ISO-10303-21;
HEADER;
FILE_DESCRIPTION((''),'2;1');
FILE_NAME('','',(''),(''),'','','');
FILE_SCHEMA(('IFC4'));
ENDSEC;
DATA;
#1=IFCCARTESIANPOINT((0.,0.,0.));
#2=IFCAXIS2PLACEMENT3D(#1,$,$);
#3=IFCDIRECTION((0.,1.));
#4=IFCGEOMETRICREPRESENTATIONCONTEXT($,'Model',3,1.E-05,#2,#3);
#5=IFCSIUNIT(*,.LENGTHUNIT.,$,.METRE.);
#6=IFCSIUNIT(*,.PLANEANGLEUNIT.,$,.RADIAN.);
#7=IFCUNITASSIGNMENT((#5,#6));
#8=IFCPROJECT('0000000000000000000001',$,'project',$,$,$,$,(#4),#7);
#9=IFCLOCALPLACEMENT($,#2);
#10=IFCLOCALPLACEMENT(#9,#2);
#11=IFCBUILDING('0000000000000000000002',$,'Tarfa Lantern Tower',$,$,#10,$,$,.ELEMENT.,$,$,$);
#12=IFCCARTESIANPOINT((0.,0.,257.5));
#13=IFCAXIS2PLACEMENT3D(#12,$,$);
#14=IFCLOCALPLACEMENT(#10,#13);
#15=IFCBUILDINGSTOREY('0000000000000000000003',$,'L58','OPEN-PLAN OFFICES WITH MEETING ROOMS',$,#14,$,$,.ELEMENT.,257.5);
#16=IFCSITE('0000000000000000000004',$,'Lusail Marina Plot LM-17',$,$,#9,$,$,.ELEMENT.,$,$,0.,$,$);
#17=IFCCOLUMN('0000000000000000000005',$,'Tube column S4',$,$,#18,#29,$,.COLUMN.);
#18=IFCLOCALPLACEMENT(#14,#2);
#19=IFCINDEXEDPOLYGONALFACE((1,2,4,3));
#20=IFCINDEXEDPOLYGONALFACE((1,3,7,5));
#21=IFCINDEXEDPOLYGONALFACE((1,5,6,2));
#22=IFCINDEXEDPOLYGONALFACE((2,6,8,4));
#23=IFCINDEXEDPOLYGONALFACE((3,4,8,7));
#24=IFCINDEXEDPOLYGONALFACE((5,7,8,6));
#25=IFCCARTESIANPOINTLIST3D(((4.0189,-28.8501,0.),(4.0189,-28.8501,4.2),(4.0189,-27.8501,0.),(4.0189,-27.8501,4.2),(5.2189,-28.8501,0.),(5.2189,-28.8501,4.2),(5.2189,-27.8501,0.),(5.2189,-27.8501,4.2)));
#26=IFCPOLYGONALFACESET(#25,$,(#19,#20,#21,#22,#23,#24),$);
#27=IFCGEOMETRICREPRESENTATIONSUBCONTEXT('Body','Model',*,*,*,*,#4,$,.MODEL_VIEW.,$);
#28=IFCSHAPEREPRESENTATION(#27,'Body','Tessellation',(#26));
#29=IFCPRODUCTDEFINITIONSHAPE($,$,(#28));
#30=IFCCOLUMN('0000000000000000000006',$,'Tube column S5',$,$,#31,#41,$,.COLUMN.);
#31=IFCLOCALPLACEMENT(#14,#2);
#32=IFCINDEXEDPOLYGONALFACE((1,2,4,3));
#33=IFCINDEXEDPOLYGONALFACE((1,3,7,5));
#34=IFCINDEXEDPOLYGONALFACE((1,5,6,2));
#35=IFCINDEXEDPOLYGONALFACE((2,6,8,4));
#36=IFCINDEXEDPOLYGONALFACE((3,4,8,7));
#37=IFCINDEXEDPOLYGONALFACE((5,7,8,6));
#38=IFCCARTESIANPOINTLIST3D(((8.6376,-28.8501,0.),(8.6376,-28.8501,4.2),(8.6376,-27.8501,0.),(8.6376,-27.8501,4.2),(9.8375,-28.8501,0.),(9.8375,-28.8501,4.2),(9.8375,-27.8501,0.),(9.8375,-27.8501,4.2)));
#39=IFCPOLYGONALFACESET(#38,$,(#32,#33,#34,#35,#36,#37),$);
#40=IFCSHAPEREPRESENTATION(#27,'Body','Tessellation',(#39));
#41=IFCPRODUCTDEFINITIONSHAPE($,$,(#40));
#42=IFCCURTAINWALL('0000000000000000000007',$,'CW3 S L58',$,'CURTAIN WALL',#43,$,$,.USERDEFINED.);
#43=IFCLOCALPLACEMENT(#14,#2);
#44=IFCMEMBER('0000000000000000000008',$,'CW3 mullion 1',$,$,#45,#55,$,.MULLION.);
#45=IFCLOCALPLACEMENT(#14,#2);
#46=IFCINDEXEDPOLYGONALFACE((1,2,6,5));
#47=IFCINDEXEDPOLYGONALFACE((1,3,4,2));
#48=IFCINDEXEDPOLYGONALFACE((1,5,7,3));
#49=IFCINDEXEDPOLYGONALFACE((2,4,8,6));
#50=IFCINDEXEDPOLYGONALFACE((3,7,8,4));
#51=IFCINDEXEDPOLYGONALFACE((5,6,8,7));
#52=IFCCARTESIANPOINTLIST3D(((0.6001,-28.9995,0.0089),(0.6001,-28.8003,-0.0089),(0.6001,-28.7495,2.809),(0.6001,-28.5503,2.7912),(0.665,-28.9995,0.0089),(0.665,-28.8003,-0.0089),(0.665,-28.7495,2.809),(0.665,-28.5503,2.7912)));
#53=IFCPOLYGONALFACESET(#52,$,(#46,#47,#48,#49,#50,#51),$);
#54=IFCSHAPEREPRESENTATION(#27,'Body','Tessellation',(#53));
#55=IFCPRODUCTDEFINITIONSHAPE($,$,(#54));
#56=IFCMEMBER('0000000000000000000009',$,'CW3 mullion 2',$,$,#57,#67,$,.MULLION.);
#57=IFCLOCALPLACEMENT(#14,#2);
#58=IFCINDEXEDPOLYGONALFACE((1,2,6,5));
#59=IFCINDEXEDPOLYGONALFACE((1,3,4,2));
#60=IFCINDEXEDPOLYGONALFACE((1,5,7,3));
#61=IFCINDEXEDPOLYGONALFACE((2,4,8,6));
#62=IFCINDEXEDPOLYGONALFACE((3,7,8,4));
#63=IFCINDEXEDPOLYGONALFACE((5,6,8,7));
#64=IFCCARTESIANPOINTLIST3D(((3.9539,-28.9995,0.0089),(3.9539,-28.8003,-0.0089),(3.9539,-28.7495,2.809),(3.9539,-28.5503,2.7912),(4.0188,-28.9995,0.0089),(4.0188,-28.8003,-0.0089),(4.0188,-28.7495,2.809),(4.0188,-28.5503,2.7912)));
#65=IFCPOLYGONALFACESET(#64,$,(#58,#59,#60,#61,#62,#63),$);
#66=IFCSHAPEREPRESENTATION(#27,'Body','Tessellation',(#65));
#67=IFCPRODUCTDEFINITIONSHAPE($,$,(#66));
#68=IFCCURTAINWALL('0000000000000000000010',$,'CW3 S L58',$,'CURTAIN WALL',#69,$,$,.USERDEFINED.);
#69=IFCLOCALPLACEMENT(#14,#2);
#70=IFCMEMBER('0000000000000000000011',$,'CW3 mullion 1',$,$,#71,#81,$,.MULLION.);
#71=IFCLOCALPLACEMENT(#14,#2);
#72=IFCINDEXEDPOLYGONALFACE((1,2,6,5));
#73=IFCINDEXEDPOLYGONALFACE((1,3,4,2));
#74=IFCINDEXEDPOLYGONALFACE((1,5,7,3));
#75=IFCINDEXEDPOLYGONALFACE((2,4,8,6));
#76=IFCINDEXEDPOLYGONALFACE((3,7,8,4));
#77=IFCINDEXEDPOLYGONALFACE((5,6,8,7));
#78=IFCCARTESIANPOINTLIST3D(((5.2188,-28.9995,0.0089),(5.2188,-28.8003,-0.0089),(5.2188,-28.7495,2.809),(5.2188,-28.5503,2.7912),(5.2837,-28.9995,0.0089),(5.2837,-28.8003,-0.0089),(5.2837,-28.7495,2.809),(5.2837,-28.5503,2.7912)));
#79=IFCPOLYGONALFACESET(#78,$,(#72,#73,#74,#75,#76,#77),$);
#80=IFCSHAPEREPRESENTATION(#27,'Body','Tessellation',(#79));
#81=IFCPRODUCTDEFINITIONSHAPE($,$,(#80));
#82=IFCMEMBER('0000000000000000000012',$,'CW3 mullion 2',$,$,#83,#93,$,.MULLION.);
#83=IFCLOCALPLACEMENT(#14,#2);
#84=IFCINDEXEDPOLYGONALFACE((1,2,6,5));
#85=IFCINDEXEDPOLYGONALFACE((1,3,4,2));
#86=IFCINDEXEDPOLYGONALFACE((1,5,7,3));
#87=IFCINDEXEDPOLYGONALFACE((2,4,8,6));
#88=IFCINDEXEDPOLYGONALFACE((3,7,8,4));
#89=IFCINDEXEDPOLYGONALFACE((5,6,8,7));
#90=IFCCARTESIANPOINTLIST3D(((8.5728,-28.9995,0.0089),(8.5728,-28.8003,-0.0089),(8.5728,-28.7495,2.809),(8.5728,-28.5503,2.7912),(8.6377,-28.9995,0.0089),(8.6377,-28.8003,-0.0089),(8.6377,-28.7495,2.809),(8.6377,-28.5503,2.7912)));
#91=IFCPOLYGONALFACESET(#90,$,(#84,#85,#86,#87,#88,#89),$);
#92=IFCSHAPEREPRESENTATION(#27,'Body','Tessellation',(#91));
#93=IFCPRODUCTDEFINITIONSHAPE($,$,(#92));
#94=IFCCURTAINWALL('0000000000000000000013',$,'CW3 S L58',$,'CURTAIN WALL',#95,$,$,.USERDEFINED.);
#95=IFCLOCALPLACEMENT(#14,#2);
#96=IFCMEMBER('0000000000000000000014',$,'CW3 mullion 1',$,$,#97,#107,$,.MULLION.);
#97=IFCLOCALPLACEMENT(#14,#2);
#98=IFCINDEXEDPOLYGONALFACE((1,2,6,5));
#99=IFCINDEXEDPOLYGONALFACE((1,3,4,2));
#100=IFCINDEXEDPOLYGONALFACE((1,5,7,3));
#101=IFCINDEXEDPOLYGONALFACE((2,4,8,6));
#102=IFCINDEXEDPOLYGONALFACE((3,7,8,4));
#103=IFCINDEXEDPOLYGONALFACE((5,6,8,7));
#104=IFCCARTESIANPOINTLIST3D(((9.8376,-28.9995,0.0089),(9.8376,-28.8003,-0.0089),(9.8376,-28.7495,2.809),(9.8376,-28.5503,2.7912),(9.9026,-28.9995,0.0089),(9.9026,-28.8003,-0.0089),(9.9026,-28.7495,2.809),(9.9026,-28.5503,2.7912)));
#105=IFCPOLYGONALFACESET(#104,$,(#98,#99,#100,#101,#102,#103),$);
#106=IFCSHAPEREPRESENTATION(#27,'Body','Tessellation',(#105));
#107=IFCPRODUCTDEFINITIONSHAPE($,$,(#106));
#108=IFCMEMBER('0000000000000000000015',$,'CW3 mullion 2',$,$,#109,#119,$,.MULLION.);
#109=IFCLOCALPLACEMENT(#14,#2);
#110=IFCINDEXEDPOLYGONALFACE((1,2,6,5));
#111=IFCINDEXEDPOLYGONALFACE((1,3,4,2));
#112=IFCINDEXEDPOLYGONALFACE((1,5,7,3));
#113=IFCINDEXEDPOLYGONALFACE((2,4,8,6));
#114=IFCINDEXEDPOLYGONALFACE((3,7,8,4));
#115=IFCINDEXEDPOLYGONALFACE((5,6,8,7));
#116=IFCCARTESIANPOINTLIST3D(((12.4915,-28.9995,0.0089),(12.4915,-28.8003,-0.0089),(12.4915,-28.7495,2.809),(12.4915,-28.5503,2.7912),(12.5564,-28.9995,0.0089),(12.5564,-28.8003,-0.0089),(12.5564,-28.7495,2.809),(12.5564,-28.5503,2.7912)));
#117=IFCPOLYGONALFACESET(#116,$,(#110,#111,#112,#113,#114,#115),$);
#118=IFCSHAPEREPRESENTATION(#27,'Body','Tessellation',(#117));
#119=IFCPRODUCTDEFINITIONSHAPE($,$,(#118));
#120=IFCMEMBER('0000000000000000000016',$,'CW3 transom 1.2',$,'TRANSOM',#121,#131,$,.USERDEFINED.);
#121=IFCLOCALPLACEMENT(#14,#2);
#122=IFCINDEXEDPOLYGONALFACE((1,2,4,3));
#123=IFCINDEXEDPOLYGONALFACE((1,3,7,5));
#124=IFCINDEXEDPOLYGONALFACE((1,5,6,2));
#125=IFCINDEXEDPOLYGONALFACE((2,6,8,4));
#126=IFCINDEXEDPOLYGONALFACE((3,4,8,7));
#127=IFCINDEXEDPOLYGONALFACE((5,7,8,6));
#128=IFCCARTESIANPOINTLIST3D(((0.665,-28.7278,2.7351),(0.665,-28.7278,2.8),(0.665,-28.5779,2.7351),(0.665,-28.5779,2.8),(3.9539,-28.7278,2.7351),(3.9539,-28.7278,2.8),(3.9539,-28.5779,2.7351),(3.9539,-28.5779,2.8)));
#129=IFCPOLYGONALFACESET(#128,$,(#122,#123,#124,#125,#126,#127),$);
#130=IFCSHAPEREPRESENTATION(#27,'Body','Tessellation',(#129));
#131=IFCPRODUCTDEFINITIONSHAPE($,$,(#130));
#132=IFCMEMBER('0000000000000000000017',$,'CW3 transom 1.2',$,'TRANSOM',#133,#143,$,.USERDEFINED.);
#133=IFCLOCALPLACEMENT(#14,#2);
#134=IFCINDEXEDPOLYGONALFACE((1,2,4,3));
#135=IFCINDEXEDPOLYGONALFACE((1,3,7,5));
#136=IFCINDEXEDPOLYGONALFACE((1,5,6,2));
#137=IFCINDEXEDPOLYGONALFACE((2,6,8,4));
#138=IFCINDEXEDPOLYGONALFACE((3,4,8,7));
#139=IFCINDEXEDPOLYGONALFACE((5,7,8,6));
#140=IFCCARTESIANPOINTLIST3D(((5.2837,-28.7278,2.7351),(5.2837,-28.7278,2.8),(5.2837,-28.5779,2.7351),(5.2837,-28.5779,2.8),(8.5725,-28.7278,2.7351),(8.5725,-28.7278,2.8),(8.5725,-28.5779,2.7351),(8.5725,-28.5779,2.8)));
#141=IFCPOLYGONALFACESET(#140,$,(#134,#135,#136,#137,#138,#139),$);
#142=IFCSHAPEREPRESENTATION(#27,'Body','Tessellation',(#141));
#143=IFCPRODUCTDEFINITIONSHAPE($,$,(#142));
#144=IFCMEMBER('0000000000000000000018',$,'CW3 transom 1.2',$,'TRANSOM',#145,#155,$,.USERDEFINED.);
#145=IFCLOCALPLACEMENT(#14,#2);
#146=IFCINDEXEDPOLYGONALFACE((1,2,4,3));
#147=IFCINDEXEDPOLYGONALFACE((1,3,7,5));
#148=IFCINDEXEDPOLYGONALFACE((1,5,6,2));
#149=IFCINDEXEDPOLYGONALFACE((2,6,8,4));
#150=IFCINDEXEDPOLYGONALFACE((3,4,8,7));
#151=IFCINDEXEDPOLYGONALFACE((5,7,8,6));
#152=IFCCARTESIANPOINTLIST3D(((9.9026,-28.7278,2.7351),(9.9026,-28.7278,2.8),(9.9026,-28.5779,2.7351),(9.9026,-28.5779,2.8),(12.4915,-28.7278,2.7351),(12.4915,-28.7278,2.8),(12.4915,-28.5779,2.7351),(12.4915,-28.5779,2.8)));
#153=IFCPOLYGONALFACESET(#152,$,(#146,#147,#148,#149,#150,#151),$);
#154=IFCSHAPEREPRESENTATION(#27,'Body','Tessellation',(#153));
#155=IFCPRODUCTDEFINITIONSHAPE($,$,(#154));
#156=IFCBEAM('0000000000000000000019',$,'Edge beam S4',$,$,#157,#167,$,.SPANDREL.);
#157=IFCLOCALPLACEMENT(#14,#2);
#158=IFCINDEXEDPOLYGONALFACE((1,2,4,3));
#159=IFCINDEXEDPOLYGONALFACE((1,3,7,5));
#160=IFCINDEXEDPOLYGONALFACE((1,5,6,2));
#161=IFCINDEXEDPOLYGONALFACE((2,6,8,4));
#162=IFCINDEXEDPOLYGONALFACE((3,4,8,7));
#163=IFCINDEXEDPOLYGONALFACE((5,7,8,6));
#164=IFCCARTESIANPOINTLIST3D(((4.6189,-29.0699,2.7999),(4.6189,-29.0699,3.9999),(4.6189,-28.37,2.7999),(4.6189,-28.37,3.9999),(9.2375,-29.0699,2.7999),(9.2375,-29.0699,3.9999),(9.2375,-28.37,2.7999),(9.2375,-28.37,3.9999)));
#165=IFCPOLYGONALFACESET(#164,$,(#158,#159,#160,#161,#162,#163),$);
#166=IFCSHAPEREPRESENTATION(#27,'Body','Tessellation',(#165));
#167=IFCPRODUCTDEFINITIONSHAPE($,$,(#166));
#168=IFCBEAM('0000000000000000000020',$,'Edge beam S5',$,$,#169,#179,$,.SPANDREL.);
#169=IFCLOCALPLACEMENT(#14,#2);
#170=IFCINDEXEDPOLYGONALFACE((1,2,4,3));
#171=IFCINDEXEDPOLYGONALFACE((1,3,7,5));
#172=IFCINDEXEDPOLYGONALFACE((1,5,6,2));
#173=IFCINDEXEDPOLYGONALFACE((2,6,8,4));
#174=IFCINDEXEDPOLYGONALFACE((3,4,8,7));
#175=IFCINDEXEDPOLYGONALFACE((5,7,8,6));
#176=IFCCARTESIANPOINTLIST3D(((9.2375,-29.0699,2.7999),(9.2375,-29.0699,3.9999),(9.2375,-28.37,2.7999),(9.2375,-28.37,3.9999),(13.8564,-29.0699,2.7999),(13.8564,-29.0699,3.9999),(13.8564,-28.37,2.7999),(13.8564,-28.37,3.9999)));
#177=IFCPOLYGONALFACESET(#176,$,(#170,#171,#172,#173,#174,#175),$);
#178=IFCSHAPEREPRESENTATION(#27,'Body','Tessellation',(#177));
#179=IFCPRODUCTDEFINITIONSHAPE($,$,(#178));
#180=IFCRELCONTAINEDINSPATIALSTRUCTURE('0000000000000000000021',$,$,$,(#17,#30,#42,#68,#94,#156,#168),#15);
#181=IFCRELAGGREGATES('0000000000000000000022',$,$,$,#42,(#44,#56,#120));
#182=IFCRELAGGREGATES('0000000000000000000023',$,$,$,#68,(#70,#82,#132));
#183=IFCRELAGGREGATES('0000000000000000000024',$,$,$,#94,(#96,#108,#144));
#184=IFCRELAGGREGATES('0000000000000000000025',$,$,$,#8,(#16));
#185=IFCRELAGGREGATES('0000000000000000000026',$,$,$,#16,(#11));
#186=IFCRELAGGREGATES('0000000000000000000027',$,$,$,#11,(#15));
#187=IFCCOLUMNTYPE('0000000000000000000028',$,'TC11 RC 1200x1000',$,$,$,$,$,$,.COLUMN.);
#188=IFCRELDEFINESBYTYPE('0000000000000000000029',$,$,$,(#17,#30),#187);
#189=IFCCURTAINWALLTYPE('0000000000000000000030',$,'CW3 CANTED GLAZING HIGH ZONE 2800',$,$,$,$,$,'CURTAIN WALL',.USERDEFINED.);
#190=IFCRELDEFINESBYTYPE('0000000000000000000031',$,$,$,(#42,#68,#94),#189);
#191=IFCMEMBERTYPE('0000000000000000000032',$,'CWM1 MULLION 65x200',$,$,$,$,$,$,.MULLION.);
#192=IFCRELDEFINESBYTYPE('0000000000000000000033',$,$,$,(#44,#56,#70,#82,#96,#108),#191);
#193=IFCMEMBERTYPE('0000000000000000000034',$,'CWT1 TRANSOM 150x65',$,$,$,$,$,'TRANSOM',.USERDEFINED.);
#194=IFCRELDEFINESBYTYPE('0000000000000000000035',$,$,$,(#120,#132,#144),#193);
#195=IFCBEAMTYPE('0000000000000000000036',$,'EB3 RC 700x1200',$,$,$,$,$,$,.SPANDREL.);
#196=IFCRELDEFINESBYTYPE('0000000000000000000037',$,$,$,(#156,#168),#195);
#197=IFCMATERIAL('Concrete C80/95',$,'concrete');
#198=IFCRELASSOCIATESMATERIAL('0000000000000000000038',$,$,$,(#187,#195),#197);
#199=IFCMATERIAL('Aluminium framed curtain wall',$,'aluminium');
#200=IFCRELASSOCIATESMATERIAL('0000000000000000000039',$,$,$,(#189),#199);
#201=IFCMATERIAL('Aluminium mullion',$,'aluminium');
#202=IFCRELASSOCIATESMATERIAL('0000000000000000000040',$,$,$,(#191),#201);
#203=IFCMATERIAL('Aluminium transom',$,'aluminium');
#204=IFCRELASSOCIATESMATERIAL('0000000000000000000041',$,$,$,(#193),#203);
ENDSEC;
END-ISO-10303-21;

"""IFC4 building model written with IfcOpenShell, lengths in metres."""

from ifc_helpers import new_model, si_unit, direction, frame, origin, origin_2d, place, context, subcontext, project, spatial, rectangle, extrude, material, material_profile, profile_set, type_object, element, aggregate, save


model = new_model("IFC4")

# Units and contexts
model_context = context("Model", 3, precision=1e-05, world=origin(), true_north=direction((0.0, 1.0)))
body_context = subcontext(model_context, "Body", "Model", "MODEL_VIEW")
ifc_project = project(units=[si_unit("LENGTHUNIT", "METRE"), si_unit("PLANEANGLEUNIT", "RADIAN")], contexts=[model_context])

# Site, building, storey
site_placement = place(None, origin())
site = spatial("IfcSite", under=ifc_project, at=site_placement, Name="Lusail Marina Plot LM-17", CompositionType="ELEMENT", RefElevation=0.0)
building_placement = place(site_placement, origin())
building = spatial("IfcBuilding", under=site, at=building_placement, Name="Tarfa Lantern Tower", CompositionType="ELEMENT")
storey_placement = place(building_placement, frame((0.0, 0.0, 257.5)))
storey = spatial("IfcBuildingStorey", under=building, at=storey_placement, Name="L58", Description="OPEN-PLAN OFFICES WITH MEETING ROOMS", CompositionType="ELEMENT", Elevation=257.5)

# Columns
ifc_material_1 = material(Name="Concrete C80/95", Category="concrete")
ifc_material_profile_1 = material_profile(ifc_material_1, rectangle(XDim=1.2, YDim=1.0, at=origin_2d()), Name="RC 1200x1000")
ifc_profile_set_1 = profile_set([ifc_material_profile_1], Name="Concrete C80/95")
column_type = type_object("IfcColumnType", Name="TC11 RC 1200x1000", PredefinedType="COLUMN", material=ifc_profile_set_1)
for number, where, z_axis, x_axis, name in (
    (1, (4.6189, -28.3501, 0.0), (0.0, 0.0, 1.0), (1.0, 0.0, 0.0), "Tube column S4"),
    (2, (9.2375, -28.3501, 0.0), (0.0, 0.0, 1.0), (1.0, 0.0, 0.0), "Tube column S5"),
):
    element("IfcColumn", number, at=place(storey_placement, frame(where, z_axis=z_axis, x_axis=x_axis)), inside=storey, type_object=column_type, Name=name, PredefinedType="COLUMN", context=body_context, shape_type="SweptSolid", body=[
        extrude(rectangle(XDim=1.2, YDim=1.0, at=origin_2d()), origin(), (0.0, 0.0, 1.0), 4.2),
    ])

# Curtain walls, members
ifc_material_2 = material(Name="Aluminium framed curtain wall", Category="aluminium")
curtain_wall_type = type_object("IfcCurtainWallType", Name="CW3 CANTED GLAZING HIGH ZONE 2800", ElementType="CURTAIN WALL", PredefinedType="USERDEFINED", material=ifc_material_2)
curtain_wall_1_placement = place(storey_placement, origin())
curtain_wall_1 = element("IfcCurtainWall", 3, at=curtain_wall_1_placement, inside=storey, type_object=curtain_wall_type, Name="CW3 S L58", ObjectType="CURTAIN WALL", PredefinedType="USERDEFINED")
ifc_material_3 = material(Name="Aluminium mullion", Category="aluminium")
ifc_material_profile_2 = material_profile(ifc_material_3, rectangle(XDim=0.0649, YDim=0.2, at=origin_2d()), Name="AL MULLION 65x200")
ifc_profile_set_2 = profile_set([ifc_material_profile_2], Name="Aluminium mullion")
member_type_1 = type_object("IfcMemberType", Name="CWM1 MULLION 65x200", PredefinedType="MULLION", material=ifc_profile_set_2)
member_1_placement = place(storey_placement, frame((0.6326, -28.8999, 0.0), z_axis=(0.0, 0.08893, 0.996038), x_axis=(-1.0, 0.0, 0.0)))
member_1 = element("IfcMember", 4, at=member_1_placement, type_object=member_type_1, Name="CW3 mullion 1", PredefinedType="MULLION", context=body_context, shape_type="SweptSolid", body=[
    extrude(rectangle(XDim=0.0649, YDim=0.2, at=origin_2d()), origin(), (0.0, 0.0, 1.0), 2.8113),
])
member_2_placement = place(storey_placement, frame((3.9863, -28.8999, 0.0), z_axis=(0.0, 0.08893, 0.996038), x_axis=(-1.0, 0.0, 0.0)))
member_2 = element("IfcMember", 5, at=member_2_placement, type_object=member_type_1, Name="CW3 mullion 2", PredefinedType="MULLION", context=body_context, shape_type="SweptSolid", body=[
    extrude(rectangle(XDim=0.0649, YDim=0.2, at=origin_2d()), origin(), (0.0, 0.0, 1.0), 2.8113),
])
curtain_wall_2_placement = place(storey_placement, origin())
curtain_wall_2 = element("IfcCurtainWall", 6, at=curtain_wall_2_placement, inside=storey, type_object=curtain_wall_type, Name="CW3 S L58", ObjectType="CURTAIN WALL", PredefinedType="USERDEFINED")
member_3_placement = place(storey_placement, frame((5.2512, -28.8999, 0.0), z_axis=(0.0, 0.08893, 0.996038), x_axis=(-1.0, 0.0, 0.0)))
member_3 = element("IfcMember", 7, at=member_3_placement, type_object=member_type_1, Name="CW3 mullion 1", PredefinedType="MULLION", context=body_context, shape_type="SweptSolid", body=[
    extrude(rectangle(XDim=0.0649, YDim=0.2, at=origin_2d()), origin(), (0.0, 0.0, 1.0), 2.8113),
])
member_4_placement = place(storey_placement, frame((8.6052, -28.8999, 0.0), z_axis=(0.0, 0.08893, 0.996038), x_axis=(-1.0, 0.0, 0.0)))
member_4 = element("IfcMember", 8, at=member_4_placement, type_object=member_type_1, Name="CW3 mullion 2", PredefinedType="MULLION", context=body_context, shape_type="SweptSolid", body=[
    extrude(rectangle(XDim=0.0649, YDim=0.2, at=origin_2d()), origin(), (0.0, 0.0, 1.0), 2.8113),
])
curtain_wall_3_placement = place(storey_placement, origin())
curtain_wall_3 = element("IfcCurtainWall", 9, at=curtain_wall_3_placement, inside=storey, type_object=curtain_wall_type, Name="CW3 S L58", ObjectType="CURTAIN WALL", PredefinedType="USERDEFINED")
member_5_placement = place(storey_placement, frame((9.8701, -28.8999, 0.0), z_axis=(0.0, 0.08893, 0.996038), x_axis=(-1.0, 0.0, 0.0)))
member_5 = element("IfcMember", 10, at=member_5_placement, type_object=member_type_1, Name="CW3 mullion 1", PredefinedType="MULLION", context=body_context, shape_type="SweptSolid", body=[
    extrude(rectangle(XDim=0.0649, YDim=0.2, at=origin_2d()), origin(), (0.0, 0.0, 1.0), 2.8113),
])
member_6_placement = place(storey_placement, frame((12.5239, -28.8999, 0.0), z_axis=(0.0, 0.08893, 0.996038), x_axis=(-1.0, 0.0, 0.0)))
member_6 = element("IfcMember", 11, at=member_6_placement, type_object=member_type_1, Name="CW3 mullion 2", PredefinedType="MULLION", context=body_context, shape_type="SweptSolid", body=[
    extrude(rectangle(XDim=0.0649, YDim=0.2, at=origin_2d()), origin(), (0.0, 0.0, 1.0), 2.8113),
])

# Members
ifc_material_4 = material(Name="Aluminium transom", Category="aluminium")
ifc_material_profile_3 = material_profile(ifc_material_4, rectangle(XDim=0.1499, YDim=0.0649, at=origin_2d()), Name="AL TRANSOM 150x65")
ifc_profile_set_3 = profile_set([ifc_material_profile_3], Name="Aluminium transom")
member_type_2 = type_object("IfcMemberType", Name="CWT1 TRANSOM 150x65", ElementType="TRANSOM", PredefinedType="USERDEFINED", material=ifc_profile_set_3)
member_7_placement = place(storey_placement, frame((0.665, -28.6528, 2.7676), z_axis=(1.0, 0.0, 0.0), x_axis=(0.0, 1.0, 0.0)))
member_7 = element("IfcMember", 12, at=member_7_placement, type_object=member_type_2, Name="CW3 transom 1.2", ObjectType="TRANSOM", PredefinedType="USERDEFINED", context=body_context, shape_type="SweptSolid", body=[
    extrude(rectangle(XDim=0.1499, YDim=0.0649, at=origin_2d()), origin(), (0.0, 0.0, 1.0), 3.2888),
])
member_8_placement = place(storey_placement, frame((5.2837, -28.6528, 2.7676), z_axis=(1.0, 0.0, 0.0), x_axis=(0.0, 1.0, 0.0)))
member_8 = element("IfcMember", 13, at=member_8_placement, type_object=member_type_2, Name="CW3 transom 1.2", ObjectType="TRANSOM", PredefinedType="USERDEFINED", context=body_context, shape_type="SweptSolid", body=[
    extrude(rectangle(XDim=0.1499, YDim=0.0649, at=origin_2d()), origin(), (0.0, 0.0, 1.0), 3.2888),
])
member_9_placement = place(storey_placement, frame((9.9026, -28.6528, 2.7676), z_axis=(1.0, 0.0, 0.0), x_axis=(0.0, 1.0, 0.0)))
member_9 = element("IfcMember", 14, at=member_9_placement, type_object=member_type_2, Name="CW3 transom 1.2", ObjectType="TRANSOM", PredefinedType="USERDEFINED", context=body_context, shape_type="SweptSolid", body=[
    extrude(rectangle(XDim=0.1499, YDim=0.0649, at=origin_2d()), origin(), (0.0, 0.0, 1.0), 2.5889),
])

# Beams
ifc_material_profile_4 = material_profile(ifc_material_1, rectangle(XDim=0.7, YDim=1.2, at=origin_2d()), Name="RC 700x1200")
ifc_profile_set_4 = profile_set([ifc_material_profile_4], Name="Concrete C80/95")
beam_type_1 = type_object("IfcBeamType", Name="EB3 RC 700x1200", PredefinedType="SPANDREL", material=ifc_profile_set_4)
beam_1_placement = place(storey_placement, frame((4.6189, -28.72, 3.3999), z_axis=(1.0, 0.0, 0.0), x_axis=(0.0, 1.0, 0.0)))
element("IfcBeam", 15, at=beam_1_placement, inside=storey, type_object=beam_type_1, Name="Edge beam S4", PredefinedType="SPANDREL", context=body_context, shape_type="SweptSolid", body=[
    extrude(rectangle(XDim=0.7, YDim=1.2, at=origin_2d()), origin(), (0.0, 0.0, 1.0), 4.6187),
])
beam_2_placement = place(storey_placement, frame((9.2375, -28.72, 3.3999), z_axis=(1.0, 0.0, 0.0), x_axis=(0.0, 1.0, 0.0)))
element("IfcBeam", 16, at=beam_2_placement, inside=storey, type_object=beam_type_1, Name="Edge beam S5", PredefinedType="SPANDREL", context=body_context, shape_type="SweptSolid", body=[
    extrude(rectangle(XDim=0.7, YDim=1.2, at=origin_2d()), origin(), (0.0, 0.0, 1.0), 4.6189),
])

aggregate(curtain_wall_1, [member_1, member_2, member_7])
aggregate(curtain_wall_2, [member_3, member_4, member_8])
aggregate(curtain_wall_3, [member_5, member_6, member_9])

save(model, "model.ifc")
